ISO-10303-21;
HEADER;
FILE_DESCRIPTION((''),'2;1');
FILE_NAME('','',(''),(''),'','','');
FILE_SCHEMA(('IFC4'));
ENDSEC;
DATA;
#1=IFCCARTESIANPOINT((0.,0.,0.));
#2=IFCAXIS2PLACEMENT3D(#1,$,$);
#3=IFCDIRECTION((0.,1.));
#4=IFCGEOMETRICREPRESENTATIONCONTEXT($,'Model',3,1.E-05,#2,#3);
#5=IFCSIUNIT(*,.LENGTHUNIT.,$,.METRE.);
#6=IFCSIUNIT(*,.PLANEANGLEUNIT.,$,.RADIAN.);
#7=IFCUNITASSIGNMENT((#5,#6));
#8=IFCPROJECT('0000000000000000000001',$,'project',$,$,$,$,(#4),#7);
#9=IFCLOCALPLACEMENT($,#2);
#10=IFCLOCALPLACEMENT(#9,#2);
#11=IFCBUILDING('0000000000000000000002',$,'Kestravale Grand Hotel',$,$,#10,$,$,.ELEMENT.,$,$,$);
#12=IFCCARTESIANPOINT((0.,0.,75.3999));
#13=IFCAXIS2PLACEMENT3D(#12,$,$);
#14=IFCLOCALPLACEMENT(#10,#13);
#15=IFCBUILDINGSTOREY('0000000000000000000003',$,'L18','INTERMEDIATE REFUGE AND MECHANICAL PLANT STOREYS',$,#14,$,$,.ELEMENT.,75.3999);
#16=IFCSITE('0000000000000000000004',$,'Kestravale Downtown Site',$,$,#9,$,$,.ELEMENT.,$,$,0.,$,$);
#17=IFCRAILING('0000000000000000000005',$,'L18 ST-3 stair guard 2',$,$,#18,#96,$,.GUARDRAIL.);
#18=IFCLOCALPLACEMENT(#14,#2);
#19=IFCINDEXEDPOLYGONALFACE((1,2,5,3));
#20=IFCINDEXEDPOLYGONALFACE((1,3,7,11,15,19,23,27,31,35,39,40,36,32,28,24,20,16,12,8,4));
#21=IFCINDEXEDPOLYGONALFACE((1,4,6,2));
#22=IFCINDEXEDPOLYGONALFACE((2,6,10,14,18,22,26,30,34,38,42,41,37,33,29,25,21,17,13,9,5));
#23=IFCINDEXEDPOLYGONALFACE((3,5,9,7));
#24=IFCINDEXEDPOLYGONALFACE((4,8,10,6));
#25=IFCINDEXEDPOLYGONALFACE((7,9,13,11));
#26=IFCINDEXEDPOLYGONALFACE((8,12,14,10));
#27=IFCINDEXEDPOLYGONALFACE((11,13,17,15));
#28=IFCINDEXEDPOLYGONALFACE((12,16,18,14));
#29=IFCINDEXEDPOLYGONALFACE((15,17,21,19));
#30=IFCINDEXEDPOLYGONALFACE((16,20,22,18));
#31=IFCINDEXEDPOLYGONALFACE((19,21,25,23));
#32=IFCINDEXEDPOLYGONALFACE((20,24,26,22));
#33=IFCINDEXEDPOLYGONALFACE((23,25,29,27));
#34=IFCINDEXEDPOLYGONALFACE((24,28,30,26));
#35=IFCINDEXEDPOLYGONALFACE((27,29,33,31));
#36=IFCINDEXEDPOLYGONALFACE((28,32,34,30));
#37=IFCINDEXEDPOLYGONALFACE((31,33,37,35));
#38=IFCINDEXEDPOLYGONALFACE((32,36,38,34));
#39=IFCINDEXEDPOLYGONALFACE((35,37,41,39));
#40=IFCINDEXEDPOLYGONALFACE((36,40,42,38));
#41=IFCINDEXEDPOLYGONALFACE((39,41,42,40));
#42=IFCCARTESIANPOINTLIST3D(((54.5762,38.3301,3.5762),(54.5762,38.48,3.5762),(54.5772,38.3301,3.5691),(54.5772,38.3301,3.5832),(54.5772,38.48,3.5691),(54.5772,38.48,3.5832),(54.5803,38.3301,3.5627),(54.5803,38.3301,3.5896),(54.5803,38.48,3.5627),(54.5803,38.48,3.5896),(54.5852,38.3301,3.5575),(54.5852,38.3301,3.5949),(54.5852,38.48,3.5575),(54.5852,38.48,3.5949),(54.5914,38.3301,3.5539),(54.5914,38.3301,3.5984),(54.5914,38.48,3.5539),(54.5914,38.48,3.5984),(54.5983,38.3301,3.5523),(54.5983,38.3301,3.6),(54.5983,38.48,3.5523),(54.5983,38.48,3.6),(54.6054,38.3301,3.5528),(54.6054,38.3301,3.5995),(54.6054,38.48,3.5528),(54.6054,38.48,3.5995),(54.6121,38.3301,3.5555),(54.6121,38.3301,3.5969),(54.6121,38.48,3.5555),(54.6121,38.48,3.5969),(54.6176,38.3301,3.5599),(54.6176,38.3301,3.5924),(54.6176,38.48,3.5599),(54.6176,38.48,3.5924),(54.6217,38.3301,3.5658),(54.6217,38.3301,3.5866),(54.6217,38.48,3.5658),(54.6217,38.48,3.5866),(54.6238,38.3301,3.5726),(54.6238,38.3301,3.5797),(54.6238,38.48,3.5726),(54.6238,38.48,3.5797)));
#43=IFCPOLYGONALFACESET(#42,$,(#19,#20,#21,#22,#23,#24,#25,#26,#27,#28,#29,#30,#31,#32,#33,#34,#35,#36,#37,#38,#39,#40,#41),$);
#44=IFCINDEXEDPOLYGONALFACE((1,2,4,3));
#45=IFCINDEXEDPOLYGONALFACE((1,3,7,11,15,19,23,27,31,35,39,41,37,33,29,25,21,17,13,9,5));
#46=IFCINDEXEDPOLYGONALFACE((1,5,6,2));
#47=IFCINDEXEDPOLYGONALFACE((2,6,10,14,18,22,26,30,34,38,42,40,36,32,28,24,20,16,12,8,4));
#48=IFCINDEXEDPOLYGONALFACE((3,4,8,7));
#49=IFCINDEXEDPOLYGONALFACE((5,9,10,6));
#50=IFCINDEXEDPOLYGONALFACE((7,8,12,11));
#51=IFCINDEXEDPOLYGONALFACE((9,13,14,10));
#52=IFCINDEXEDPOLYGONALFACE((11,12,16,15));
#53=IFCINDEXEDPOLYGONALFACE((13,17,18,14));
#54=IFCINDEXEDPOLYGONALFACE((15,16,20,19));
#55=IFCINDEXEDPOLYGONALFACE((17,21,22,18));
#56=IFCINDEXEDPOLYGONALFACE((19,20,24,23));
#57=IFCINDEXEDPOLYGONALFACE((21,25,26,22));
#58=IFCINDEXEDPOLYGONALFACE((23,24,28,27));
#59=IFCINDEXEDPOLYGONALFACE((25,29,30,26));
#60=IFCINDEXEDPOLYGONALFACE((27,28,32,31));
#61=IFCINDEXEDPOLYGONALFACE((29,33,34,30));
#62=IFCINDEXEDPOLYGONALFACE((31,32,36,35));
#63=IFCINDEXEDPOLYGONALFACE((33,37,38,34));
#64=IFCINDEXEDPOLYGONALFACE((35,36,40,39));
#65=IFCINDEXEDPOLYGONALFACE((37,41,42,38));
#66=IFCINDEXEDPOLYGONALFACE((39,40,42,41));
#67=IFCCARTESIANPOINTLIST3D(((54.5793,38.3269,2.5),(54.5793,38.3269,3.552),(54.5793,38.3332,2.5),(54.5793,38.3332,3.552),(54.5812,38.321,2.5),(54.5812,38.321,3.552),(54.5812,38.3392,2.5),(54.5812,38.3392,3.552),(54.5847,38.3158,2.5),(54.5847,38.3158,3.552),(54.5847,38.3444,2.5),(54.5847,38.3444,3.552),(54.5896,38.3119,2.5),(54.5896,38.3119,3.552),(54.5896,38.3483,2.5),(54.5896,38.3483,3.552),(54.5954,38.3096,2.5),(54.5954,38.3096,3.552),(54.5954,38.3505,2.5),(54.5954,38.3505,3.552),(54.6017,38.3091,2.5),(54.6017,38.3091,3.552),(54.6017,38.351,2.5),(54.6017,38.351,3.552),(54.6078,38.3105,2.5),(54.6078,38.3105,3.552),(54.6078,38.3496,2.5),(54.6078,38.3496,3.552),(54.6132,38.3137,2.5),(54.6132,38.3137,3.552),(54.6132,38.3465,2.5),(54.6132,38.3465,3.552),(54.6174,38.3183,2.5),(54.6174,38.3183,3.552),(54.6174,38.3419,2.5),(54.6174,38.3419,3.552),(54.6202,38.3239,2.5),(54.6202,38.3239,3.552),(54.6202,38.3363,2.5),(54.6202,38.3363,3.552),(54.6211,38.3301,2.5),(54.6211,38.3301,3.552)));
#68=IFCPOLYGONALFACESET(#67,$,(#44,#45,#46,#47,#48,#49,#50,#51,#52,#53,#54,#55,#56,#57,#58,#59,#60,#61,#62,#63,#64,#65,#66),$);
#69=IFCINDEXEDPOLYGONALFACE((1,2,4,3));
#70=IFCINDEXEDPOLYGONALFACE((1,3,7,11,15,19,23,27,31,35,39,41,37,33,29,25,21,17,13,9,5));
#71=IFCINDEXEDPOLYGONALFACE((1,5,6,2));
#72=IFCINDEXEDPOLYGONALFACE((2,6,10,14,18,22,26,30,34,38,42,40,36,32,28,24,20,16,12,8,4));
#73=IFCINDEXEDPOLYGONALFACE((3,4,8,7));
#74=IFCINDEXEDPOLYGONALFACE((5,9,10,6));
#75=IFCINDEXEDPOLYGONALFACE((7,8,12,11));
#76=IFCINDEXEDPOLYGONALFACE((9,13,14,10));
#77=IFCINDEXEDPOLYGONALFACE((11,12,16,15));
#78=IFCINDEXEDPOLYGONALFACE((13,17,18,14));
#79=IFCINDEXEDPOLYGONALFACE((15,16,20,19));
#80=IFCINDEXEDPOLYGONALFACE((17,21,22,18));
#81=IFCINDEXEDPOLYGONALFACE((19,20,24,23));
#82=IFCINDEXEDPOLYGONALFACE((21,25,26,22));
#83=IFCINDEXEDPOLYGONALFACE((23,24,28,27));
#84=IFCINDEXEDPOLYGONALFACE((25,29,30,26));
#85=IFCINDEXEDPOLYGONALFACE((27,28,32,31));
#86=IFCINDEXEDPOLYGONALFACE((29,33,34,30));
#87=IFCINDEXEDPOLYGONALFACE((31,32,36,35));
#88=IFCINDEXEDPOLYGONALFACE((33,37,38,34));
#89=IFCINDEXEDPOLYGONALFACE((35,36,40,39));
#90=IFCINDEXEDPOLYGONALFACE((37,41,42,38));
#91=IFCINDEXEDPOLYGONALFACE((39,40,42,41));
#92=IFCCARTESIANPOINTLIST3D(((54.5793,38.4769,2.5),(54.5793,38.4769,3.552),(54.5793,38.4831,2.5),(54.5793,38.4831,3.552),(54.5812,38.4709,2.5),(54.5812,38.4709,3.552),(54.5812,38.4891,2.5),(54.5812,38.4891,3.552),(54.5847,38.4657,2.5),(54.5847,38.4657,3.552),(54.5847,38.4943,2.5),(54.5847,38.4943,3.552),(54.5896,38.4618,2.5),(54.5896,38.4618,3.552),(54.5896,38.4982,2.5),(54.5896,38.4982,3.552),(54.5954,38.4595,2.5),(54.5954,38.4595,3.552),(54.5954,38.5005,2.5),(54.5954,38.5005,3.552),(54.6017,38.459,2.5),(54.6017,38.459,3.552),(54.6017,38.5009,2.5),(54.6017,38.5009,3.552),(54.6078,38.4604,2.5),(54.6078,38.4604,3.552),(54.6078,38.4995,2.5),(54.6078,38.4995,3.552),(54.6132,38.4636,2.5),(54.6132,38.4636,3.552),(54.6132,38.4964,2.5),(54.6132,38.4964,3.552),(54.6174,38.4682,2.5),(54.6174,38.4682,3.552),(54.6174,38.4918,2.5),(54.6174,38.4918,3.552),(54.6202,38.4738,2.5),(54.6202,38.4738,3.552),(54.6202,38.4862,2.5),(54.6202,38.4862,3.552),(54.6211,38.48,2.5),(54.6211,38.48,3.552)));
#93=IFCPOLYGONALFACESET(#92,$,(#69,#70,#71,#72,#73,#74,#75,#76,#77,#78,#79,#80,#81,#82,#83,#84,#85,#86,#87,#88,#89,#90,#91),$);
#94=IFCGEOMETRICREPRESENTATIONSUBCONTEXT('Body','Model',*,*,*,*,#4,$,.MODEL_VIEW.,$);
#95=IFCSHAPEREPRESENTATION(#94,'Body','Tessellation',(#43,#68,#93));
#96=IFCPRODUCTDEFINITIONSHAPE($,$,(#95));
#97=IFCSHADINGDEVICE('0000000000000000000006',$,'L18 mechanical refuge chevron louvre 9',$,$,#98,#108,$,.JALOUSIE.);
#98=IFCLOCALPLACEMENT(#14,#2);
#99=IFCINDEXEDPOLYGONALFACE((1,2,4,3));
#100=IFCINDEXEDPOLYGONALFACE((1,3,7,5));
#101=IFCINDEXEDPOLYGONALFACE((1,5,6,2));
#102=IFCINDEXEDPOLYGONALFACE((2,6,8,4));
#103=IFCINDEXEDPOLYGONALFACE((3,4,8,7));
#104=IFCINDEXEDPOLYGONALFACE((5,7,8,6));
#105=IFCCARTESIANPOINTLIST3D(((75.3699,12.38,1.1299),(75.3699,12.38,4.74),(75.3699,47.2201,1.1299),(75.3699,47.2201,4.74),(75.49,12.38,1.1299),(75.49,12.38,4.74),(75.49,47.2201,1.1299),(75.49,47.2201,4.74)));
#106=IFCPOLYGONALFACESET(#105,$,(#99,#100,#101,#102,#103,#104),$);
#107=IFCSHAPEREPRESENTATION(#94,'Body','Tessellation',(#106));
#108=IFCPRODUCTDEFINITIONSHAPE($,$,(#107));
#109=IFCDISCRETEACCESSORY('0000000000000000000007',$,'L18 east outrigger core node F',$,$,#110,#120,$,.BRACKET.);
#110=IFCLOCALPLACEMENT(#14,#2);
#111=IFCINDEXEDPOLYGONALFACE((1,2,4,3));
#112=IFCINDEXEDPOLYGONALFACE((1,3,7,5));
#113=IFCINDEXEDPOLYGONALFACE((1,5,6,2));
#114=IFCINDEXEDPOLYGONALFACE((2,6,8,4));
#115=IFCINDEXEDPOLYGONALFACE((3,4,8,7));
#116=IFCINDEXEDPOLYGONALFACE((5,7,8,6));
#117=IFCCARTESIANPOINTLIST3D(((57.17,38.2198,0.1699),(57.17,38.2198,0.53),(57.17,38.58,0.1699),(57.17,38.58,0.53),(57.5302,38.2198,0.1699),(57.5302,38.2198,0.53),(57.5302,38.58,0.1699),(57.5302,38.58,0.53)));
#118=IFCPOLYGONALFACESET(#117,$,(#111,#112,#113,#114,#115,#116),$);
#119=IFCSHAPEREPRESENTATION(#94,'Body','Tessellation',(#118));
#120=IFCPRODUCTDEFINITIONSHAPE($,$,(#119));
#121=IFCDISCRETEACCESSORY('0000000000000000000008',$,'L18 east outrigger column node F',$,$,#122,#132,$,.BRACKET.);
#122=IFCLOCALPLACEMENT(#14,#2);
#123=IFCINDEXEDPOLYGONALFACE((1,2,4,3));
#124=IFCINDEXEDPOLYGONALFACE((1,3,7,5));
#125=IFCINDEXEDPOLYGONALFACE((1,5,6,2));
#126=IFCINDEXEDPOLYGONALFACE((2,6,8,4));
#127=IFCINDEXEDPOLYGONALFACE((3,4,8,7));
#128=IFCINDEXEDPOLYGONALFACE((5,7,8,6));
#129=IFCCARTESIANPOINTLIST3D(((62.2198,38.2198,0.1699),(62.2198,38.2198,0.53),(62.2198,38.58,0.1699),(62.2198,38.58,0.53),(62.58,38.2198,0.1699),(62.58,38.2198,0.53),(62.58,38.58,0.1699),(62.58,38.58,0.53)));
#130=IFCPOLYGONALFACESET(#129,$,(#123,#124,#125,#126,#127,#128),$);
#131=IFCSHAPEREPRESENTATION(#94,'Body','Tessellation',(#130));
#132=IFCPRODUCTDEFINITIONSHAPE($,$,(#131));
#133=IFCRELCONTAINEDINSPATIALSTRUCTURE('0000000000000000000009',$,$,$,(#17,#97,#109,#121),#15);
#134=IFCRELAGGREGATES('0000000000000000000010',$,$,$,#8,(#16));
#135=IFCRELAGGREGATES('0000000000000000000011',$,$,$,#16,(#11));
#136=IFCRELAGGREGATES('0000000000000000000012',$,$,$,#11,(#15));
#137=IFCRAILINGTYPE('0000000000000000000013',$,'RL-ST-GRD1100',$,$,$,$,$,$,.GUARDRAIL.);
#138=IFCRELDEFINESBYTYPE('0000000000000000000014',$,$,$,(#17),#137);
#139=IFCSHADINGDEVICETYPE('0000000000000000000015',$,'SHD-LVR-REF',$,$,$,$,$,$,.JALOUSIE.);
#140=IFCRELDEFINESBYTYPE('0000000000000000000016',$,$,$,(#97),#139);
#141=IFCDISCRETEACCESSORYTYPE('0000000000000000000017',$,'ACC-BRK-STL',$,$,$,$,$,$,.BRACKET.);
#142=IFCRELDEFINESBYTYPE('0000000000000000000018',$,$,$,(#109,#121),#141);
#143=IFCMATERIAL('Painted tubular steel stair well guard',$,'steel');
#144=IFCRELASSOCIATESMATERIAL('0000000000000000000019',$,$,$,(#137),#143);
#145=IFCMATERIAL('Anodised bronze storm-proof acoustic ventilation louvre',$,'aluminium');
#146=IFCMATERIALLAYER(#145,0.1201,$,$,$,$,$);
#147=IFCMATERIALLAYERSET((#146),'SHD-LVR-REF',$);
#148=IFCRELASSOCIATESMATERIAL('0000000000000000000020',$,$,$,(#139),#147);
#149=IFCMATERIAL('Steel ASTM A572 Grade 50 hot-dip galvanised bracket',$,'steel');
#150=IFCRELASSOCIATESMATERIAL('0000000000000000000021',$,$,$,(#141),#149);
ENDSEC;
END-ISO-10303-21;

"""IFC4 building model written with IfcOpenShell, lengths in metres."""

from ifc_helpers import new_model, si_unit, direction, frame, origin, origin_2d, place, context, subcontext, project, spatial, rectangle, circle, extrude, material, layer, layer_set, type_object, element, save


model = new_model("IFC4")

# Units and contexts
model_context = context("Model", 3, precision=1e-05, world=origin(), true_north=direction((0.0, 1.0)))
body_context = subcontext(model_context, "Body", "Model", "MODEL_VIEW")
ifc_project = project(units=[si_unit("LENGTHUNIT", "METRE"), si_unit("PLANEANGLEUNIT", "RADIAN")], contexts=[model_context])

# Site, building, storey
site_placement = place(None, origin())
site = spatial("IfcSite", under=ifc_project, at=site_placement, Name="Kestravale Downtown Site", CompositionType="ELEMENT", RefElevation=0.0)
building_placement = place(site_placement, origin())
building = spatial("IfcBuilding", under=site, at=building_placement, Name="Kestravale Grand Hotel", CompositionType="ELEMENT")
storey_placement = place(building_placement, frame((0.0, 0.0, 75.3999)))
storey = spatial("IfcBuildingStorey", under=building, at=storey_placement, Name="L18", Description="INTERMEDIATE REFUGE AND MECHANICAL PLANT STOREYS", CompositionType="ELEMENT", Elevation=75.3999)

# Railing
ifc_material_1 = material(Name="Painted tubular steel stair well guard", Category="steel")
railing_type = type_object("IfcRailingType", Name="RL-ST-GRD1100", PredefinedType="GUARDRAIL", material=ifc_material_1)
railing_placement = place(storey_placement, frame((54.6001, 38.3301, 2.5)))
element("IfcRailing", 1, at=railing_placement, inside=storey, type_object=railing_type, Name="L18 ST-3 stair guard 2", PredefinedType="GUARDRAIL", context=body_context, shape_type="SweptSolid", body=[
    extrude(circle(Radius=0.0239, at=origin_2d()), frame((0.0, 0.0, 1.0762), z_axis=(0.0, 1.0, 0.0), x_axis=(-1.0, 0.0, 0.0)), (0.0, 0.0, 1.0), 0.1499),
    extrude(circle(Radius=0.021, at=origin_2d()), origin(), (0.0, 0.0, 1.0), 1.052),
    extrude(circle(Radius=0.021, at=origin_2d()), frame((0.0, 0.1499, 0.0)), (0.0, 0.0, 1.0), 1.052),
])

# Shading device
ifc_material_2 = material(Name="Anodised bronze storm-proof acoustic ventilation louvre", Category="aluminium")
ifc_layer_1 = layer(ifc_material_2, 0.1201)
ifc_layer_set_1 = layer_set([ifc_layer_1], Name="SHD-LVR-REF")
shading_device_type = type_object("IfcShadingDeviceType", Name="SHD-LVR-REF", PredefinedType="JALOUSIE", material=ifc_layer_set_1)
shading_device_placement = place(storey_placement, frame((75.4299, 29.8, 1.1299), z_axis=(0.0, 0.0, 1.0), x_axis=(0.0, 1.0, 0.0)))
element("IfcShadingDevice", 2, at=shading_device_placement, inside=storey, type_object=shading_device_type, Name="L18 mechanical refuge chevron louvre 9", PredefinedType="JALOUSIE", context=body_context, shape_type="SweptSolid", body=[
    extrude(rectangle(XDim=34.8401, YDim=0.1201, at=origin_2d()), origin(), (0.0, 0.0, 1.0), 3.6101),
])

# Discrete accessories
ifc_material_3 = material(Name="Steel ASTM A572 Grade 50 hot-dip galvanised bracket", Category="steel")
discrete_accessory_type = type_object("IfcDiscreteAccessoryType", Name="ACC-BRK-STL", PredefinedType="BRACKET", material=ifc_material_3)
for number, where, z_axis, x_axis, name in (
    (3, (57.3501, 38.3999, 0.1699), (0.0, 0.0, 1.0), (1.0, 0.0, 0.0), "L18 east outrigger core node F"),
    (4, (62.3999, 38.3999, 0.1699), (0.0, 0.0, 1.0), (1.0, 0.0, 0.0), "L18 east outrigger column node F"),
):
    element("IfcDiscreteAccessory", number, at=place(storey_placement, frame(where, z_axis=z_axis, x_axis=x_axis)), inside=storey, type_object=discrete_accessory_type, Name=name, PredefinedType="BRACKET", context=body_context, shape_type="SweptSolid", body=[
        extrude(rectangle(XDim=0.3601, YDim=0.3601, at=origin_2d()), origin(), (0.0, 0.0, 1.0), 0.3601),
    ])

save(model, "model.ifc")
